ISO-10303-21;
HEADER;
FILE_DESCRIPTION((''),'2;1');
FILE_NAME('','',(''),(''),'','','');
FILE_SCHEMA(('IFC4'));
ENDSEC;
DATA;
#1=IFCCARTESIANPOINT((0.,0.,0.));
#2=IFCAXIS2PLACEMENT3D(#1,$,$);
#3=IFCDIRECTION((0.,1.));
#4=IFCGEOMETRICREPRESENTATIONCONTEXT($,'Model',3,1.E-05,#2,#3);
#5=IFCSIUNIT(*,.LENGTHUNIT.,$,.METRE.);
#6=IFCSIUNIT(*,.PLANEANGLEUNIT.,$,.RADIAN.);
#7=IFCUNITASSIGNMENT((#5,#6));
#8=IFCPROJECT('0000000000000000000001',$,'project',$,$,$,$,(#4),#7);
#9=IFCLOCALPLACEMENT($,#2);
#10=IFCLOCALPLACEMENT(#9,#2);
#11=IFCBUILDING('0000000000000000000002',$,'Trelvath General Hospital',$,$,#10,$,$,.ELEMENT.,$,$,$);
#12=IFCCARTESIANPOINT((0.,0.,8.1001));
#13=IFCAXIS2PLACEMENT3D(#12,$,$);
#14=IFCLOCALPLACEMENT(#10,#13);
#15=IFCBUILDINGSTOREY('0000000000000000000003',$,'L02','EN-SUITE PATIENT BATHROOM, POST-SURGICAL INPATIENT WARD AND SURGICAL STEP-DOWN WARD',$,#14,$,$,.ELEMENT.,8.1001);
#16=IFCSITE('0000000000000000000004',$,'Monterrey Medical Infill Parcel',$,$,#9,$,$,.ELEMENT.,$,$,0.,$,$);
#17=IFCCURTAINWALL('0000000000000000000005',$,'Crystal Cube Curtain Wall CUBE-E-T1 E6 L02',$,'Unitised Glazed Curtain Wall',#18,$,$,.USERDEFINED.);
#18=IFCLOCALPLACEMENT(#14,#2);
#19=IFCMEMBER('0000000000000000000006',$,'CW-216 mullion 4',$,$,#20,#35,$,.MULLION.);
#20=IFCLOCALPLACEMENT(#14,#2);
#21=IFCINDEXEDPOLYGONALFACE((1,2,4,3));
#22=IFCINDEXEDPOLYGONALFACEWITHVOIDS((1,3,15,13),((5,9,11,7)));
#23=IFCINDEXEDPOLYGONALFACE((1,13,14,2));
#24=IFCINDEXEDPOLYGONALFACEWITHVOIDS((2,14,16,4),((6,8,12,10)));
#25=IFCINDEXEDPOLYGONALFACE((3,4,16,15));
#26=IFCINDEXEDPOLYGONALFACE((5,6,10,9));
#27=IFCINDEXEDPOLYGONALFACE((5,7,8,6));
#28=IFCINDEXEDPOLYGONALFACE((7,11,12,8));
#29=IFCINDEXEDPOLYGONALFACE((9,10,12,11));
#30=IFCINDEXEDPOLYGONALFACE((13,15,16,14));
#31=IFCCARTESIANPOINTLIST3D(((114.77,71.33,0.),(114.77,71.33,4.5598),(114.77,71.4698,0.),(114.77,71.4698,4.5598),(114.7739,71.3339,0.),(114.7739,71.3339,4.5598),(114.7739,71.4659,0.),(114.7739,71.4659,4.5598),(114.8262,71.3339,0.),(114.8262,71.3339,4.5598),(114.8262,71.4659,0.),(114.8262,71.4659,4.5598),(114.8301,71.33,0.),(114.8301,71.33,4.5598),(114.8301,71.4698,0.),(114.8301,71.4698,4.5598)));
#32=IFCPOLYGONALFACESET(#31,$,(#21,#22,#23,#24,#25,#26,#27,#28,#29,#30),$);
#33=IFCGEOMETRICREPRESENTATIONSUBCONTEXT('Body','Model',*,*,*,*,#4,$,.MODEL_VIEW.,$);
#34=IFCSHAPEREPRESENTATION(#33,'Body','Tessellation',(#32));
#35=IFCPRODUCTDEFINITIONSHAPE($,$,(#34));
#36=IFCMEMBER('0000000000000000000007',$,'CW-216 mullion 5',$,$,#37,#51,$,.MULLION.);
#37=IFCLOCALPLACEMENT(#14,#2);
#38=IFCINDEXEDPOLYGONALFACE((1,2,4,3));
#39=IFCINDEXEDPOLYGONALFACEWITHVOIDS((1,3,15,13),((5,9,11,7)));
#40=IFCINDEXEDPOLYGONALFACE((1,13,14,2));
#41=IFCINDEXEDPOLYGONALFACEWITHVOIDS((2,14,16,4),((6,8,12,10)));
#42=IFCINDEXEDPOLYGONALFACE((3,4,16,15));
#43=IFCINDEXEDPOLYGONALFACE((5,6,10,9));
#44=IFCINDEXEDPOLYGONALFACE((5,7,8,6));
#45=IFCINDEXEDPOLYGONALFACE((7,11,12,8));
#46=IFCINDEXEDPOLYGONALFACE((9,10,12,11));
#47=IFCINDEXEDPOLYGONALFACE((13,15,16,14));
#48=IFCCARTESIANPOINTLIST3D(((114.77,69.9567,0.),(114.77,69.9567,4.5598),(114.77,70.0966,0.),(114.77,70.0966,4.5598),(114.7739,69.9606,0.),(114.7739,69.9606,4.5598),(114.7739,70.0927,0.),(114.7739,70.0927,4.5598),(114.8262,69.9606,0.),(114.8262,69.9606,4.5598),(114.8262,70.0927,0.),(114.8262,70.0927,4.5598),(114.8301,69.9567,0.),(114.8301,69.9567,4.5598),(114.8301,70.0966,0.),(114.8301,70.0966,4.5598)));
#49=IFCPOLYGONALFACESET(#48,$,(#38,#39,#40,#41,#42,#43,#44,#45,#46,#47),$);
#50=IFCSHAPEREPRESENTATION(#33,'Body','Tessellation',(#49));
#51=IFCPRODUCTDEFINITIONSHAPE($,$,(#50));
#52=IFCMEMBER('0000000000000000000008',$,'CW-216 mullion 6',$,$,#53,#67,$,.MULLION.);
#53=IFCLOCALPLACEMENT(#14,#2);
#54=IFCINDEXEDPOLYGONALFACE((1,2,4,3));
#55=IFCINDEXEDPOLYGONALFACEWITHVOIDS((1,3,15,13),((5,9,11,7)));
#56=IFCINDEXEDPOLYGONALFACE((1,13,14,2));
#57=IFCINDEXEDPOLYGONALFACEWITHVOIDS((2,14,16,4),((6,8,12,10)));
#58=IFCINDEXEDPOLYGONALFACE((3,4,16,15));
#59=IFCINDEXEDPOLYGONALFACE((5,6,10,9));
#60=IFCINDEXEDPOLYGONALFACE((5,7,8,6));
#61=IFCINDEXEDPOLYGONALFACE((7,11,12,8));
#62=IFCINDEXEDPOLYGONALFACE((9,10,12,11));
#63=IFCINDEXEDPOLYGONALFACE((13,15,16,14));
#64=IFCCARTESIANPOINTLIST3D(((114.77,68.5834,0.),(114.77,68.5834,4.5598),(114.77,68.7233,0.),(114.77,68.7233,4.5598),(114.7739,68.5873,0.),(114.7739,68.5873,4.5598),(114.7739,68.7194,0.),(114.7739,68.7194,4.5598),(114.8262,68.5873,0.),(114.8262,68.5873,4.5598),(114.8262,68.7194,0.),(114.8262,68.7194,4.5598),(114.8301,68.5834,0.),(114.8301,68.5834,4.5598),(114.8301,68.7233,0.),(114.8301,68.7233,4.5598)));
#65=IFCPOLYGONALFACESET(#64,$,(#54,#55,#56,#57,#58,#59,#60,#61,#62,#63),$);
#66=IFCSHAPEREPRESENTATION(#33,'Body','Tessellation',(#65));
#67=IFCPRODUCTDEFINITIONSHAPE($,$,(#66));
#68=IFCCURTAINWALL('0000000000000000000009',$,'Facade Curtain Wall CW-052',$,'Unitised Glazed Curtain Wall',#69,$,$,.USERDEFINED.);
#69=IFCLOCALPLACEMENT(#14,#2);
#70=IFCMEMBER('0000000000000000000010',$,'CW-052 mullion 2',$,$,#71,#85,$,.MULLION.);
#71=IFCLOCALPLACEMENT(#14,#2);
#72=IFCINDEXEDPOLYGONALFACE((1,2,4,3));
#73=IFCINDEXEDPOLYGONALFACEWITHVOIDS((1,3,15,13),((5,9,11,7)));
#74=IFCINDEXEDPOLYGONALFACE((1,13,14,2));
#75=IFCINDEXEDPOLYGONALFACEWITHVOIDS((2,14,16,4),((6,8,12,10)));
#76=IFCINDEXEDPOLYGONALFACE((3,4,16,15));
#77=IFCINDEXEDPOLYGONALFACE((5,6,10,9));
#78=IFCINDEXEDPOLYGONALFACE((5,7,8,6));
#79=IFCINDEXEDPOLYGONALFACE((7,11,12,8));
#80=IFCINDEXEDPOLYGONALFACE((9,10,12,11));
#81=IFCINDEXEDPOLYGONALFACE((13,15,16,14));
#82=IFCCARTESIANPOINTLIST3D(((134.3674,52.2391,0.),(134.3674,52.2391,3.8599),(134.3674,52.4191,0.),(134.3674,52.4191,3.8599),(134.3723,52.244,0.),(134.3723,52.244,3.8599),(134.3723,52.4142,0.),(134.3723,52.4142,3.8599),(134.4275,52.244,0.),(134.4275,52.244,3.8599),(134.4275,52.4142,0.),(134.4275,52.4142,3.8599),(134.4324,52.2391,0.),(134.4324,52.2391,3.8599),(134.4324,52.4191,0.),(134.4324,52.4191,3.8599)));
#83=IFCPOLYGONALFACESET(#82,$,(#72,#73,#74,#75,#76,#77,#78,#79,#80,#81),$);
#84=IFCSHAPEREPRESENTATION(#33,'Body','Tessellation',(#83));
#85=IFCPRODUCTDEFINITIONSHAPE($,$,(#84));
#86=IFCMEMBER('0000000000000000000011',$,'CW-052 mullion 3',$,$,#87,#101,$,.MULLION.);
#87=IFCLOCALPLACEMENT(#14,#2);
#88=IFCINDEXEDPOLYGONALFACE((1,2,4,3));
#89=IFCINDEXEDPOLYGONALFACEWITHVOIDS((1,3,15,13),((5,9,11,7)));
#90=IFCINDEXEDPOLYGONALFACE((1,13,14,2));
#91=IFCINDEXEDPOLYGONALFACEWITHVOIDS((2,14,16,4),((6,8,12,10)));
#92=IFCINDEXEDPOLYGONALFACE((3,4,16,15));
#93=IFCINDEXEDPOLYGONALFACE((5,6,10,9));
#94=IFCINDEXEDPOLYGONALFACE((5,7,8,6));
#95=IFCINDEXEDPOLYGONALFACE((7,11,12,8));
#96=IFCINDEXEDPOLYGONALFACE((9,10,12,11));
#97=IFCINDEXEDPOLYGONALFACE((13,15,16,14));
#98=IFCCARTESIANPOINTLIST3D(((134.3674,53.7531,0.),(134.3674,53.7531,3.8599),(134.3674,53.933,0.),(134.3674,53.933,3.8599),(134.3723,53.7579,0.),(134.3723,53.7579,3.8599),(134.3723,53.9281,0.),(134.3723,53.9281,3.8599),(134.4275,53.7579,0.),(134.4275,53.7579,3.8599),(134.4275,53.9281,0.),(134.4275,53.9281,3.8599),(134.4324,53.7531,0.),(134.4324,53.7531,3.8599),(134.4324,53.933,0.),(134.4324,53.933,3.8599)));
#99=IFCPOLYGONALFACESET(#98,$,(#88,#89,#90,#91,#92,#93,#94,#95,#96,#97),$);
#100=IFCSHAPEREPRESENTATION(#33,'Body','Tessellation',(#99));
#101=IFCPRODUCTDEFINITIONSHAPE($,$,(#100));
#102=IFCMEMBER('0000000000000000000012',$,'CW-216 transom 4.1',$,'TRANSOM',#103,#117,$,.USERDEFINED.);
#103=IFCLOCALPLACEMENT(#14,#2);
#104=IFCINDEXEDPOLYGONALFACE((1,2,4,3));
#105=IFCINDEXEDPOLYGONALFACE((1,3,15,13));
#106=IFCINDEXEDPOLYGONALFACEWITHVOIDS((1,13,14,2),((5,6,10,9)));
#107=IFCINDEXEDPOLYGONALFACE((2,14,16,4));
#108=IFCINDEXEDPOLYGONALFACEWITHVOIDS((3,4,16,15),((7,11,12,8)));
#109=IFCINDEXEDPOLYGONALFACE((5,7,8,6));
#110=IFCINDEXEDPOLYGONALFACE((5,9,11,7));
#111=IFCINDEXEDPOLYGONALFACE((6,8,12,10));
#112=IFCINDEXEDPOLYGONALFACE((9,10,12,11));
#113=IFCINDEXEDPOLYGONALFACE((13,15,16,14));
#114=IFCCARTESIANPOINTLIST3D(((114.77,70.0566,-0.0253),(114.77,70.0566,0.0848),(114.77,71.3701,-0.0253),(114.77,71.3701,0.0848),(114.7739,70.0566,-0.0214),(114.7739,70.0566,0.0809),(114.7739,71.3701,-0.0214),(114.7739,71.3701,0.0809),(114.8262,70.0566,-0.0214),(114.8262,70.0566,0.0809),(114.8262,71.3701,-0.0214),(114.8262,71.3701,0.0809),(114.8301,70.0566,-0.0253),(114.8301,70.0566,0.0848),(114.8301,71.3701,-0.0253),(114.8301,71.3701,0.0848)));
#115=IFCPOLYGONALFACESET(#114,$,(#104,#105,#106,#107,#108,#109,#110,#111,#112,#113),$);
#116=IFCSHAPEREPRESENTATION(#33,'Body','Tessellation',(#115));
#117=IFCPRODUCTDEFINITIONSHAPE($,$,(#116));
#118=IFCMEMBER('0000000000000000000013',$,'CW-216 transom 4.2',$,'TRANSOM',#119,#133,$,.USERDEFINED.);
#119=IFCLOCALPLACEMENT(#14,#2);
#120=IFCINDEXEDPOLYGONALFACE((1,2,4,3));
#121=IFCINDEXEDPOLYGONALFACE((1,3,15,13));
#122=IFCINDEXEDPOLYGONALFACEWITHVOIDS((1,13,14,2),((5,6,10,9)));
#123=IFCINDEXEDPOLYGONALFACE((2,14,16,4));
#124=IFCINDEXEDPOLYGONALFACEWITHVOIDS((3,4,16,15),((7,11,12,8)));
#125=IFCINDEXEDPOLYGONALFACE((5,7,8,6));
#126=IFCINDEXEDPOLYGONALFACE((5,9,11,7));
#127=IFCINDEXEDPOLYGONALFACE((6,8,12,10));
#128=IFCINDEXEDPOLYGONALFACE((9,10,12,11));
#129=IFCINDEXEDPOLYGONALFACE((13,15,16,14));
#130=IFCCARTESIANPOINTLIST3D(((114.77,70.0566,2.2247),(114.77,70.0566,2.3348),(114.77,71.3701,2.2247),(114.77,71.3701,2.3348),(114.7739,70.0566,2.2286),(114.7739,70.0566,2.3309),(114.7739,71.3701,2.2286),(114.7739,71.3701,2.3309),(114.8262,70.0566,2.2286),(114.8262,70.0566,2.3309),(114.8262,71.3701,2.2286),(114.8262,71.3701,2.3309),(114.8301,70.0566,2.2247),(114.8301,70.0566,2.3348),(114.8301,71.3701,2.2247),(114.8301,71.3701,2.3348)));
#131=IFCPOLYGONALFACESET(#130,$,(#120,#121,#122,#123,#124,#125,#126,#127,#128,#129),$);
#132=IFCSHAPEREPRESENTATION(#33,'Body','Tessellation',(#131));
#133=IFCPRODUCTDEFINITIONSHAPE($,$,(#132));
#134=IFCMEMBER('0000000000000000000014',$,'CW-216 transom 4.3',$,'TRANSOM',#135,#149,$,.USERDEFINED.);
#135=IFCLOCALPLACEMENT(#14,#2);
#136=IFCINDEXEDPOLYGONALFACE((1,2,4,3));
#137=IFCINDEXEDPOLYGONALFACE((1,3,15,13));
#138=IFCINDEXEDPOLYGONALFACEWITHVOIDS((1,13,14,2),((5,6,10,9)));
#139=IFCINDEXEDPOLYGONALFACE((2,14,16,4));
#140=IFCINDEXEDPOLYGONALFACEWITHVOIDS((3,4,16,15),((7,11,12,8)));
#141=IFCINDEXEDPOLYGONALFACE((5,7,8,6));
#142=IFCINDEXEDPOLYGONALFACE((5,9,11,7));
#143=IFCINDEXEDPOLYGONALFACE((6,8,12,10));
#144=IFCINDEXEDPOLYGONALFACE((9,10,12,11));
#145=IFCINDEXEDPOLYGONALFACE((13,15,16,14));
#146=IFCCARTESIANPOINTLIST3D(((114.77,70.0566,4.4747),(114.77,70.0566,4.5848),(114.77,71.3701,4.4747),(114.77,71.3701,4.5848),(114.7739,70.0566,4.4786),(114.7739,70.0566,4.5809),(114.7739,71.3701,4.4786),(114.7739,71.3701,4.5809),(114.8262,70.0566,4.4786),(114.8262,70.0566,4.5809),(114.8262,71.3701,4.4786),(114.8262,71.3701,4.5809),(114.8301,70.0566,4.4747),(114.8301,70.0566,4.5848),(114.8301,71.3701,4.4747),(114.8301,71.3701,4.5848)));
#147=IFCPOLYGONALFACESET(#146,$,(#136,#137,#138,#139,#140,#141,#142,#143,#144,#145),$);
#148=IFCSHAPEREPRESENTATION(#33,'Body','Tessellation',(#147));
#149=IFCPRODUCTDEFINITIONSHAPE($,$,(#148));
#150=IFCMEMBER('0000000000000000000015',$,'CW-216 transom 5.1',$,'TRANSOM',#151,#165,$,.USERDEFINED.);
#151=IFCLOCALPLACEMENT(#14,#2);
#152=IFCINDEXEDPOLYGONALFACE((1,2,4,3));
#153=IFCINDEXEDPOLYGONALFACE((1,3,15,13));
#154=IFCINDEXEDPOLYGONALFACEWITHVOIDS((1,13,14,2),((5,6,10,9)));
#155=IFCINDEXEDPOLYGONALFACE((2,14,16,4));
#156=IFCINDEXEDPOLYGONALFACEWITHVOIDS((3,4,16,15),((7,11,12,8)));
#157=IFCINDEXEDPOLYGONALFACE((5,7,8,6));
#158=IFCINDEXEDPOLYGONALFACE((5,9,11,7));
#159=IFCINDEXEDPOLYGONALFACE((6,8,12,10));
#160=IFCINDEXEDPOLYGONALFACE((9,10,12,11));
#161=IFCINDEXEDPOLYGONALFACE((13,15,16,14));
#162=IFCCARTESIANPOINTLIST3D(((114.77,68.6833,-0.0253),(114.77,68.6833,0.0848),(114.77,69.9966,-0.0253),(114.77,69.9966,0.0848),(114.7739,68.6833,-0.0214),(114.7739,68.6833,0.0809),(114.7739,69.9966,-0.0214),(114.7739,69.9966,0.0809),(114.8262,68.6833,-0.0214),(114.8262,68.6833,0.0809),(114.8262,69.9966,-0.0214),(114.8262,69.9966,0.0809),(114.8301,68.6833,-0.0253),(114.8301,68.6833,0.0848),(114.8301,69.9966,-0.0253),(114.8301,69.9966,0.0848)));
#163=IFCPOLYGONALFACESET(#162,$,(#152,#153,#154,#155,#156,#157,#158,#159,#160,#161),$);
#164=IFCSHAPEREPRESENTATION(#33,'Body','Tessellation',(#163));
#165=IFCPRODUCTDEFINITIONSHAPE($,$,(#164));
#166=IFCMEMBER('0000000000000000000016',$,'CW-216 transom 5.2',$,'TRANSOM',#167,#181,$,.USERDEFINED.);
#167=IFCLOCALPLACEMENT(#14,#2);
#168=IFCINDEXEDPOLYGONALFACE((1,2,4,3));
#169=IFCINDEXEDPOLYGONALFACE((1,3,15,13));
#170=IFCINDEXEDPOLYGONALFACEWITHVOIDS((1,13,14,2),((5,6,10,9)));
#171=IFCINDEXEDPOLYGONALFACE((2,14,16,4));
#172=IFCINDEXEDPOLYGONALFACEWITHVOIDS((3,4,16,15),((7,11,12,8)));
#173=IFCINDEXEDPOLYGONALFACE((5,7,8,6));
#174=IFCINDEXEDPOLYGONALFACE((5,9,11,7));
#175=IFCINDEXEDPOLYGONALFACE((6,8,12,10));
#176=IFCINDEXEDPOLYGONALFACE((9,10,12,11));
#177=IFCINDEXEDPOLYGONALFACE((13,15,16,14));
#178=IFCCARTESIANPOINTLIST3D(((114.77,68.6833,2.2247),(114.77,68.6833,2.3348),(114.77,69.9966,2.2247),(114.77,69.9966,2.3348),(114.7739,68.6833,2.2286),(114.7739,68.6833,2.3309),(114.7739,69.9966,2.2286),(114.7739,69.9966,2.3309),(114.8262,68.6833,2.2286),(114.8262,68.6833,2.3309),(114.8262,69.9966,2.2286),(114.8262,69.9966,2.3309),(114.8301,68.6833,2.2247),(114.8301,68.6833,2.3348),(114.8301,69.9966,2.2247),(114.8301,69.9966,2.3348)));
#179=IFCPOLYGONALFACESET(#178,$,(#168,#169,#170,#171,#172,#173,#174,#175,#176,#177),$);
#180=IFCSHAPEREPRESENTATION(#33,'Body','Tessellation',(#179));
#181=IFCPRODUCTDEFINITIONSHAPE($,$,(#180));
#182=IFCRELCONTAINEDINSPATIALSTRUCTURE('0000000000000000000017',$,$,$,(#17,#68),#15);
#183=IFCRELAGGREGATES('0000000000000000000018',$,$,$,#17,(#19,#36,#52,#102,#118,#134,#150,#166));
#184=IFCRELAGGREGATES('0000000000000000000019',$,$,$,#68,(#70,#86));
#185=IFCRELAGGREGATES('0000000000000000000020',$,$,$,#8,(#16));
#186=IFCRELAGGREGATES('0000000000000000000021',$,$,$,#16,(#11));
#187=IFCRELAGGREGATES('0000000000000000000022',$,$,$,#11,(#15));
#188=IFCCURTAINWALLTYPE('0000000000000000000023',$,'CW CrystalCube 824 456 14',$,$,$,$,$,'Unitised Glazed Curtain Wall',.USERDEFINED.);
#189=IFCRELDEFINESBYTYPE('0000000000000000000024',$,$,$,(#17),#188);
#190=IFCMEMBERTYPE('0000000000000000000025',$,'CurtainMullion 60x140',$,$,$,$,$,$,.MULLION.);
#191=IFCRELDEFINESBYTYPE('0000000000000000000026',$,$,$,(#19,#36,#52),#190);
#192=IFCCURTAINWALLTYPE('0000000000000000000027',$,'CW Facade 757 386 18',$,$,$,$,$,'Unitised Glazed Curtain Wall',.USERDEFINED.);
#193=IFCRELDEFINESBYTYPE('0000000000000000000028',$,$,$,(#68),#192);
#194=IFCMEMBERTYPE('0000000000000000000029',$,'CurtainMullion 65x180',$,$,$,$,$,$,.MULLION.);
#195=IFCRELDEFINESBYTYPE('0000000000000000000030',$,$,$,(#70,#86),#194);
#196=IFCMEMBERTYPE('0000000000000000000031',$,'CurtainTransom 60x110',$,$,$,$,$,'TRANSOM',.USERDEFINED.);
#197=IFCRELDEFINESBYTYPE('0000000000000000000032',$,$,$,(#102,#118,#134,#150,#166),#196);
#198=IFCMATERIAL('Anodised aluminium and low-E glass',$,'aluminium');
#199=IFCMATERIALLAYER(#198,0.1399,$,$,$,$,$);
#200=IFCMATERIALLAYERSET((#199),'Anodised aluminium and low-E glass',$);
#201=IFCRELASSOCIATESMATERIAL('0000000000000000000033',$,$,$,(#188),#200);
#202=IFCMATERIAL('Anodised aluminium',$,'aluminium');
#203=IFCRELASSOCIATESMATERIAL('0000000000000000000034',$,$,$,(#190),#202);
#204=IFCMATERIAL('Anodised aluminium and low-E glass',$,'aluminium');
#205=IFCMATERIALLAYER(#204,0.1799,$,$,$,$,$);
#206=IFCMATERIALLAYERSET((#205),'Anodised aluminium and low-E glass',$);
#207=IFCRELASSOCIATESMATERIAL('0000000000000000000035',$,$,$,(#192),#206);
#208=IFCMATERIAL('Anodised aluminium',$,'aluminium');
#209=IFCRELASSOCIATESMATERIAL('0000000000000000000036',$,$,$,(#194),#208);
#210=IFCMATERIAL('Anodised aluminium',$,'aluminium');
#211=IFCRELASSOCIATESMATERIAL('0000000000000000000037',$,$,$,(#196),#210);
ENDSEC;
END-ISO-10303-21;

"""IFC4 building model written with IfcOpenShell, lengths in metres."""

from ifc_helpers import new_model, si_unit, direction, frame, origin, origin_2d, place, context, subcontext, project, spatial, hollow_rectangle, extrude, material, layer, layer_set, material_profile, profile_set, type_object, element, aggregate, save


model = new_model("IFC4")

# Units and contexts
model_context = context("Model", 3, precision=1e-05, world=origin(), true_north=direction((0.0, 1.0)))
body_context = subcontext(model_context, "Body", "Model", "MODEL_VIEW")
ifc_project = project(units=[si_unit("LENGTHUNIT", "METRE"), si_unit("PLANEANGLEUNIT", "RADIAN")], contexts=[model_context])

# Site, building, storey
site_placement = place(None, origin())
site = spatial("IfcSite", under=ifc_project, at=site_placement, Name="Monterrey Medical Infill Parcel", CompositionType="ELEMENT", RefElevation=0.0)
building_placement = place(site_placement, origin())
building = spatial("IfcBuilding", under=site, at=building_placement, Name="Trelvath General Hospital", CompositionType="ELEMENT")
storey_placement = place(building_placement, frame((0.0, 0.0, 8.1001)))
storey = spatial("IfcBuildingStorey", under=building, at=storey_placement, Name="L02", Description="EN-SUITE PATIENT BATHROOM, POST-SURGICAL INPATIENT WARD AND SURGICAL STEP-DOWN WARD", CompositionType="ELEMENT", Elevation=8.1001)

# Curtain walls, members
ifc_material_1 = material(Name="Anodised aluminium and low-E glass", Category="aluminium")
ifc_layer_1 = layer(ifc_material_1, 0.1399)
ifc_layer_set_1 = layer_set([ifc_layer_1], Name="Anodised aluminium and low-E glass")
curtain_wall_type_1 = type_object("IfcCurtainWallType", Name="CW CrystalCube 824 456 14", ElementType="Unitised Glazed Curtain Wall", PredefinedType="USERDEFINED", material=ifc_layer_set_1)
curtain_wall_1_placement = place(storey_placement, origin())
curtain_wall_1 = element("IfcCurtainWall", 1, at=curtain_wall_1_placement, inside=storey, type_object=curtain_wall_type_1, Name="Crystal Cube Curtain Wall CUBE-E-T1 E6 L02", ObjectType="Unitised Glazed Curtain Wall", PredefinedType="USERDEFINED")
ifc_material_2 = material(Name="Anodised aluminium", Category="aluminium")
ifc_material_profile_1 = material_profile(ifc_material_2, hollow_rectangle(XDim=0.0601, YDim=0.1399, WallThickness=0.0039, at=origin_2d()), Name="RHS60x140x4")
ifc_profile_set_1 = profile_set([ifc_material_profile_1], Name="Anodised aluminium")
member_type_1 = type_object("IfcMemberType", Name="CurtainMullion 60x140", PredefinedType="MULLION", material=ifc_profile_set_1)
member_1_placement = place(storey_placement, frame((114.8, 71.3999, 0.0), z_axis=(0.0, 0.0, 1.0), x_axis=(1.0, 0.0, 0.0)))
member_1 = element("IfcMember", 2, at=member_1_placement, type_object=member_type_1, Name="CW-216 mullion 4", PredefinedType="MULLION", context=body_context, shape_type="SweptSolid", body=[
    extrude(hollow_rectangle(XDim=0.0601, YDim=0.1399, WallThickness=0.0039, at=origin_2d()), origin(), (0.0, 0.0, 1.0), 4.5598),
])
member_2_placement = place(storey_placement, frame((114.8, 70.0266, 0.0), z_axis=(0.0, 0.0, 1.0), x_axis=(1.0, 0.0, 0.0)))
member_2 = element("IfcMember", 3, at=member_2_placement, type_object=member_type_1, Name="CW-216 mullion 5", PredefinedType="MULLION", context=body_context, shape_type="SweptSolid", body=[
    extrude(hollow_rectangle(XDim=0.0601, YDim=0.1399, WallThickness=0.0039, at=origin_2d()), origin(), (0.0, 0.0, 1.0), 4.5598),
])
member_3_placement = place(storey_placement, frame((114.8, 68.6533, 0.0), z_axis=(0.0, 0.0, 1.0), x_axis=(1.0, 0.0, 0.0)))
member_3 = element("IfcMember", 4, at=member_3_placement, type_object=member_type_1, Name="CW-216 mullion 6", PredefinedType="MULLION", context=body_context, shape_type="SweptSolid", body=[
    extrude(hollow_rectangle(XDim=0.0601, YDim=0.1399, WallThickness=0.0039, at=origin_2d()), origin(), (0.0, 0.0, 1.0), 4.5598),
])
ifc_material_3 = material(Name="Anodised aluminium and low-E glass", Category="aluminium")
ifc_layer_2 = layer(ifc_material_3, 0.1799)
ifc_layer_set_2 = layer_set([ifc_layer_2], Name="Anodised aluminium and low-E glass")
curtain_wall_type_2 = type_object("IfcCurtainWallType", Name="CW Facade 757 386 18", ElementType="Unitised Glazed Curtain Wall", PredefinedType="USERDEFINED", material=ifc_layer_set_2)
curtain_wall_2_placement = place(storey_placement, origin())
curtain_wall_2 = element("IfcCurtainWall", 5, at=curtain_wall_2_placement, inside=storey, type_object=curtain_wall_type_2, Name="Facade Curtain Wall CW-052", ObjectType="Unitised Glazed Curtain Wall", PredefinedType="USERDEFINED")
ifc_material_4 = material(Name="Anodised aluminium", Category="aluminium")
ifc_material_profile_2 = material_profile(ifc_material_4, hollow_rectangle(XDim=0.0649, YDim=0.1799, WallThickness=0.0049, at=origin_2d()), Name="RHS65x180x5")
ifc_profile_set_2 = profile_set([ifc_material_profile_2], Name="Anodised aluminium")
member_type_2 = type_object("IfcMemberType", Name="CurtainMullion 65x180", PredefinedType="MULLION", material=ifc_profile_set_2)
member_4_placement = place(storey_placement, frame((134.3999, 52.3291, 0.0), z_axis=(0.0, 0.0, 1.0), x_axis=(-1.0, 0.0, 0.0)))
member_4 = element("IfcMember", 6, at=member_4_placement, type_object=member_type_2, Name="CW-052 mullion 2", PredefinedType="MULLION", context=body_context, shape_type="SweptSolid", body=[
    extrude(hollow_rectangle(XDim=0.0649, YDim=0.1799, WallThickness=0.0049, at=origin_2d()), origin(), (0.0, 0.0, 1.0), 3.8599),
])
member_5_placement = place(storey_placement, frame((134.3999, 53.843, 0.0), z_axis=(0.0, 0.0, 1.0), x_axis=(-1.0, 0.0, 0.0)))
member_5 = element("IfcMember", 7, at=member_5_placement, type_object=member_type_2, Name="CW-052 mullion 3", PredefinedType="MULLION", context=body_context, shape_type="SweptSolid", body=[
    extrude(hollow_rectangle(XDim=0.0649, YDim=0.1799, WallThickness=0.0049, at=origin_2d()), origin(), (0.0, 0.0, 1.0), 3.8599),
])

# Members
ifc_material_5 = material(Name="Anodised aluminium", Category="aluminium")
ifc_material_profile_3 = material_profile(ifc_material_5, hollow_rectangle(XDim=0.0601, YDim=0.1101, WallThickness=0.0039, at=origin_2d()), Name="RHS60x110x4")
ifc_profile_set_3 = profile_set([ifc_material_profile_3], Name="Anodised aluminium")
member_type_3 = type_object("IfcMemberType", Name="CurtainTransom 60x110", ElementType="TRANSOM", PredefinedType="USERDEFINED", material=ifc_profile_set_3)
member_6_placement = place(storey_placement, frame((114.8, 71.3701, 0.0298), z_axis=(0.0, -1.0, 0.0), x_axis=(1.0, 0.0, 0.0)))
member_6 = element("IfcMember", 8, at=member_6_placement, type_object=member_type_3, Name="CW-216 transom 4.1", ObjectType="TRANSOM", PredefinedType="USERDEFINED", context=body_context, shape_type="SweptSolid", body=[
    extrude(hollow_rectangle(XDim=0.0601, YDim=0.1101, WallThickness=0.0039, at=origin_2d()), origin(), (0.0, 0.0, 1.0), 1.3135),
])
member_7_placement = place(storey_placement, frame((114.8, 71.3701, 2.2798), z_axis=(0.0, -1.0, 0.0), x_axis=(1.0, 0.0, 0.0)))
member_7 = element("IfcMember", 9, at=member_7_placement, type_object=member_type_3, Name="CW-216 transom 4.2", ObjectType="TRANSOM", PredefinedType="USERDEFINED", context=body_context, shape_type="SweptSolid", body=[
    extrude(hollow_rectangle(XDim=0.0601, YDim=0.1101, WallThickness=0.0039, at=origin_2d()), origin(), (0.0, 0.0, 1.0), 1.3135),
])
member_8_placement = place(storey_placement, frame((114.8, 71.3701, 4.5298), z_axis=(0.0, -1.0, 0.0), x_axis=(1.0, 0.0, 0.0)))
member_8 = element("IfcMember", 10, at=member_8_placement, type_object=member_type_3, Name="CW-216 transom 4.3", ObjectType="TRANSOM", PredefinedType="USERDEFINED", context=body_context, shape_type="SweptSolid", body=[
    extrude(hollow_rectangle(XDim=0.0601, YDim=0.1101, WallThickness=0.0039, at=origin_2d()), origin(), (0.0, 0.0, 1.0), 1.3135),
])
member_9_placement = place(storey_placement, frame((114.8, 69.9966, 0.0298), z_axis=(0.0, -1.0, 0.0), x_axis=(1.0, 0.0, 0.0)))
member_9 = element("IfcMember", 11, at=member_9_placement, type_object=member_type_3, Name="CW-216 transom 5.1", ObjectType="TRANSOM", PredefinedType="USERDEFINED", context=body_context, shape_type="SweptSolid", body=[
    extrude(hollow_rectangle(XDim=0.0601, YDim=0.1101, WallThickness=0.0039, at=origin_2d()), origin(), (0.0, 0.0, 1.0), 1.3132),
])
member_10_placement = place(storey_placement, frame((114.8, 69.9966, 2.2798), z_axis=(0.0, -1.0, 0.0), x_axis=(1.0, 0.0, 0.0)))
member_10 = element("IfcMember", 12, at=member_10_placement, type_object=member_type_3, Name="CW-216 transom 5.2", ObjectType="TRANSOM", PredefinedType="USERDEFINED", context=body_context, shape_type="SweptSolid", body=[
    extrude(hollow_rectangle(XDim=0.0601, YDim=0.1101, WallThickness=0.0039, at=origin_2d()), origin(), (0.0, 0.0, 1.0), 1.3132),
])

aggregate(curtain_wall_1, [member_1, member_2, member_3, member_6, member_7, member_8, member_9, member_10])
aggregate(curtain_wall_2, [member_4, member_5])

save(model, "model.ifc")
